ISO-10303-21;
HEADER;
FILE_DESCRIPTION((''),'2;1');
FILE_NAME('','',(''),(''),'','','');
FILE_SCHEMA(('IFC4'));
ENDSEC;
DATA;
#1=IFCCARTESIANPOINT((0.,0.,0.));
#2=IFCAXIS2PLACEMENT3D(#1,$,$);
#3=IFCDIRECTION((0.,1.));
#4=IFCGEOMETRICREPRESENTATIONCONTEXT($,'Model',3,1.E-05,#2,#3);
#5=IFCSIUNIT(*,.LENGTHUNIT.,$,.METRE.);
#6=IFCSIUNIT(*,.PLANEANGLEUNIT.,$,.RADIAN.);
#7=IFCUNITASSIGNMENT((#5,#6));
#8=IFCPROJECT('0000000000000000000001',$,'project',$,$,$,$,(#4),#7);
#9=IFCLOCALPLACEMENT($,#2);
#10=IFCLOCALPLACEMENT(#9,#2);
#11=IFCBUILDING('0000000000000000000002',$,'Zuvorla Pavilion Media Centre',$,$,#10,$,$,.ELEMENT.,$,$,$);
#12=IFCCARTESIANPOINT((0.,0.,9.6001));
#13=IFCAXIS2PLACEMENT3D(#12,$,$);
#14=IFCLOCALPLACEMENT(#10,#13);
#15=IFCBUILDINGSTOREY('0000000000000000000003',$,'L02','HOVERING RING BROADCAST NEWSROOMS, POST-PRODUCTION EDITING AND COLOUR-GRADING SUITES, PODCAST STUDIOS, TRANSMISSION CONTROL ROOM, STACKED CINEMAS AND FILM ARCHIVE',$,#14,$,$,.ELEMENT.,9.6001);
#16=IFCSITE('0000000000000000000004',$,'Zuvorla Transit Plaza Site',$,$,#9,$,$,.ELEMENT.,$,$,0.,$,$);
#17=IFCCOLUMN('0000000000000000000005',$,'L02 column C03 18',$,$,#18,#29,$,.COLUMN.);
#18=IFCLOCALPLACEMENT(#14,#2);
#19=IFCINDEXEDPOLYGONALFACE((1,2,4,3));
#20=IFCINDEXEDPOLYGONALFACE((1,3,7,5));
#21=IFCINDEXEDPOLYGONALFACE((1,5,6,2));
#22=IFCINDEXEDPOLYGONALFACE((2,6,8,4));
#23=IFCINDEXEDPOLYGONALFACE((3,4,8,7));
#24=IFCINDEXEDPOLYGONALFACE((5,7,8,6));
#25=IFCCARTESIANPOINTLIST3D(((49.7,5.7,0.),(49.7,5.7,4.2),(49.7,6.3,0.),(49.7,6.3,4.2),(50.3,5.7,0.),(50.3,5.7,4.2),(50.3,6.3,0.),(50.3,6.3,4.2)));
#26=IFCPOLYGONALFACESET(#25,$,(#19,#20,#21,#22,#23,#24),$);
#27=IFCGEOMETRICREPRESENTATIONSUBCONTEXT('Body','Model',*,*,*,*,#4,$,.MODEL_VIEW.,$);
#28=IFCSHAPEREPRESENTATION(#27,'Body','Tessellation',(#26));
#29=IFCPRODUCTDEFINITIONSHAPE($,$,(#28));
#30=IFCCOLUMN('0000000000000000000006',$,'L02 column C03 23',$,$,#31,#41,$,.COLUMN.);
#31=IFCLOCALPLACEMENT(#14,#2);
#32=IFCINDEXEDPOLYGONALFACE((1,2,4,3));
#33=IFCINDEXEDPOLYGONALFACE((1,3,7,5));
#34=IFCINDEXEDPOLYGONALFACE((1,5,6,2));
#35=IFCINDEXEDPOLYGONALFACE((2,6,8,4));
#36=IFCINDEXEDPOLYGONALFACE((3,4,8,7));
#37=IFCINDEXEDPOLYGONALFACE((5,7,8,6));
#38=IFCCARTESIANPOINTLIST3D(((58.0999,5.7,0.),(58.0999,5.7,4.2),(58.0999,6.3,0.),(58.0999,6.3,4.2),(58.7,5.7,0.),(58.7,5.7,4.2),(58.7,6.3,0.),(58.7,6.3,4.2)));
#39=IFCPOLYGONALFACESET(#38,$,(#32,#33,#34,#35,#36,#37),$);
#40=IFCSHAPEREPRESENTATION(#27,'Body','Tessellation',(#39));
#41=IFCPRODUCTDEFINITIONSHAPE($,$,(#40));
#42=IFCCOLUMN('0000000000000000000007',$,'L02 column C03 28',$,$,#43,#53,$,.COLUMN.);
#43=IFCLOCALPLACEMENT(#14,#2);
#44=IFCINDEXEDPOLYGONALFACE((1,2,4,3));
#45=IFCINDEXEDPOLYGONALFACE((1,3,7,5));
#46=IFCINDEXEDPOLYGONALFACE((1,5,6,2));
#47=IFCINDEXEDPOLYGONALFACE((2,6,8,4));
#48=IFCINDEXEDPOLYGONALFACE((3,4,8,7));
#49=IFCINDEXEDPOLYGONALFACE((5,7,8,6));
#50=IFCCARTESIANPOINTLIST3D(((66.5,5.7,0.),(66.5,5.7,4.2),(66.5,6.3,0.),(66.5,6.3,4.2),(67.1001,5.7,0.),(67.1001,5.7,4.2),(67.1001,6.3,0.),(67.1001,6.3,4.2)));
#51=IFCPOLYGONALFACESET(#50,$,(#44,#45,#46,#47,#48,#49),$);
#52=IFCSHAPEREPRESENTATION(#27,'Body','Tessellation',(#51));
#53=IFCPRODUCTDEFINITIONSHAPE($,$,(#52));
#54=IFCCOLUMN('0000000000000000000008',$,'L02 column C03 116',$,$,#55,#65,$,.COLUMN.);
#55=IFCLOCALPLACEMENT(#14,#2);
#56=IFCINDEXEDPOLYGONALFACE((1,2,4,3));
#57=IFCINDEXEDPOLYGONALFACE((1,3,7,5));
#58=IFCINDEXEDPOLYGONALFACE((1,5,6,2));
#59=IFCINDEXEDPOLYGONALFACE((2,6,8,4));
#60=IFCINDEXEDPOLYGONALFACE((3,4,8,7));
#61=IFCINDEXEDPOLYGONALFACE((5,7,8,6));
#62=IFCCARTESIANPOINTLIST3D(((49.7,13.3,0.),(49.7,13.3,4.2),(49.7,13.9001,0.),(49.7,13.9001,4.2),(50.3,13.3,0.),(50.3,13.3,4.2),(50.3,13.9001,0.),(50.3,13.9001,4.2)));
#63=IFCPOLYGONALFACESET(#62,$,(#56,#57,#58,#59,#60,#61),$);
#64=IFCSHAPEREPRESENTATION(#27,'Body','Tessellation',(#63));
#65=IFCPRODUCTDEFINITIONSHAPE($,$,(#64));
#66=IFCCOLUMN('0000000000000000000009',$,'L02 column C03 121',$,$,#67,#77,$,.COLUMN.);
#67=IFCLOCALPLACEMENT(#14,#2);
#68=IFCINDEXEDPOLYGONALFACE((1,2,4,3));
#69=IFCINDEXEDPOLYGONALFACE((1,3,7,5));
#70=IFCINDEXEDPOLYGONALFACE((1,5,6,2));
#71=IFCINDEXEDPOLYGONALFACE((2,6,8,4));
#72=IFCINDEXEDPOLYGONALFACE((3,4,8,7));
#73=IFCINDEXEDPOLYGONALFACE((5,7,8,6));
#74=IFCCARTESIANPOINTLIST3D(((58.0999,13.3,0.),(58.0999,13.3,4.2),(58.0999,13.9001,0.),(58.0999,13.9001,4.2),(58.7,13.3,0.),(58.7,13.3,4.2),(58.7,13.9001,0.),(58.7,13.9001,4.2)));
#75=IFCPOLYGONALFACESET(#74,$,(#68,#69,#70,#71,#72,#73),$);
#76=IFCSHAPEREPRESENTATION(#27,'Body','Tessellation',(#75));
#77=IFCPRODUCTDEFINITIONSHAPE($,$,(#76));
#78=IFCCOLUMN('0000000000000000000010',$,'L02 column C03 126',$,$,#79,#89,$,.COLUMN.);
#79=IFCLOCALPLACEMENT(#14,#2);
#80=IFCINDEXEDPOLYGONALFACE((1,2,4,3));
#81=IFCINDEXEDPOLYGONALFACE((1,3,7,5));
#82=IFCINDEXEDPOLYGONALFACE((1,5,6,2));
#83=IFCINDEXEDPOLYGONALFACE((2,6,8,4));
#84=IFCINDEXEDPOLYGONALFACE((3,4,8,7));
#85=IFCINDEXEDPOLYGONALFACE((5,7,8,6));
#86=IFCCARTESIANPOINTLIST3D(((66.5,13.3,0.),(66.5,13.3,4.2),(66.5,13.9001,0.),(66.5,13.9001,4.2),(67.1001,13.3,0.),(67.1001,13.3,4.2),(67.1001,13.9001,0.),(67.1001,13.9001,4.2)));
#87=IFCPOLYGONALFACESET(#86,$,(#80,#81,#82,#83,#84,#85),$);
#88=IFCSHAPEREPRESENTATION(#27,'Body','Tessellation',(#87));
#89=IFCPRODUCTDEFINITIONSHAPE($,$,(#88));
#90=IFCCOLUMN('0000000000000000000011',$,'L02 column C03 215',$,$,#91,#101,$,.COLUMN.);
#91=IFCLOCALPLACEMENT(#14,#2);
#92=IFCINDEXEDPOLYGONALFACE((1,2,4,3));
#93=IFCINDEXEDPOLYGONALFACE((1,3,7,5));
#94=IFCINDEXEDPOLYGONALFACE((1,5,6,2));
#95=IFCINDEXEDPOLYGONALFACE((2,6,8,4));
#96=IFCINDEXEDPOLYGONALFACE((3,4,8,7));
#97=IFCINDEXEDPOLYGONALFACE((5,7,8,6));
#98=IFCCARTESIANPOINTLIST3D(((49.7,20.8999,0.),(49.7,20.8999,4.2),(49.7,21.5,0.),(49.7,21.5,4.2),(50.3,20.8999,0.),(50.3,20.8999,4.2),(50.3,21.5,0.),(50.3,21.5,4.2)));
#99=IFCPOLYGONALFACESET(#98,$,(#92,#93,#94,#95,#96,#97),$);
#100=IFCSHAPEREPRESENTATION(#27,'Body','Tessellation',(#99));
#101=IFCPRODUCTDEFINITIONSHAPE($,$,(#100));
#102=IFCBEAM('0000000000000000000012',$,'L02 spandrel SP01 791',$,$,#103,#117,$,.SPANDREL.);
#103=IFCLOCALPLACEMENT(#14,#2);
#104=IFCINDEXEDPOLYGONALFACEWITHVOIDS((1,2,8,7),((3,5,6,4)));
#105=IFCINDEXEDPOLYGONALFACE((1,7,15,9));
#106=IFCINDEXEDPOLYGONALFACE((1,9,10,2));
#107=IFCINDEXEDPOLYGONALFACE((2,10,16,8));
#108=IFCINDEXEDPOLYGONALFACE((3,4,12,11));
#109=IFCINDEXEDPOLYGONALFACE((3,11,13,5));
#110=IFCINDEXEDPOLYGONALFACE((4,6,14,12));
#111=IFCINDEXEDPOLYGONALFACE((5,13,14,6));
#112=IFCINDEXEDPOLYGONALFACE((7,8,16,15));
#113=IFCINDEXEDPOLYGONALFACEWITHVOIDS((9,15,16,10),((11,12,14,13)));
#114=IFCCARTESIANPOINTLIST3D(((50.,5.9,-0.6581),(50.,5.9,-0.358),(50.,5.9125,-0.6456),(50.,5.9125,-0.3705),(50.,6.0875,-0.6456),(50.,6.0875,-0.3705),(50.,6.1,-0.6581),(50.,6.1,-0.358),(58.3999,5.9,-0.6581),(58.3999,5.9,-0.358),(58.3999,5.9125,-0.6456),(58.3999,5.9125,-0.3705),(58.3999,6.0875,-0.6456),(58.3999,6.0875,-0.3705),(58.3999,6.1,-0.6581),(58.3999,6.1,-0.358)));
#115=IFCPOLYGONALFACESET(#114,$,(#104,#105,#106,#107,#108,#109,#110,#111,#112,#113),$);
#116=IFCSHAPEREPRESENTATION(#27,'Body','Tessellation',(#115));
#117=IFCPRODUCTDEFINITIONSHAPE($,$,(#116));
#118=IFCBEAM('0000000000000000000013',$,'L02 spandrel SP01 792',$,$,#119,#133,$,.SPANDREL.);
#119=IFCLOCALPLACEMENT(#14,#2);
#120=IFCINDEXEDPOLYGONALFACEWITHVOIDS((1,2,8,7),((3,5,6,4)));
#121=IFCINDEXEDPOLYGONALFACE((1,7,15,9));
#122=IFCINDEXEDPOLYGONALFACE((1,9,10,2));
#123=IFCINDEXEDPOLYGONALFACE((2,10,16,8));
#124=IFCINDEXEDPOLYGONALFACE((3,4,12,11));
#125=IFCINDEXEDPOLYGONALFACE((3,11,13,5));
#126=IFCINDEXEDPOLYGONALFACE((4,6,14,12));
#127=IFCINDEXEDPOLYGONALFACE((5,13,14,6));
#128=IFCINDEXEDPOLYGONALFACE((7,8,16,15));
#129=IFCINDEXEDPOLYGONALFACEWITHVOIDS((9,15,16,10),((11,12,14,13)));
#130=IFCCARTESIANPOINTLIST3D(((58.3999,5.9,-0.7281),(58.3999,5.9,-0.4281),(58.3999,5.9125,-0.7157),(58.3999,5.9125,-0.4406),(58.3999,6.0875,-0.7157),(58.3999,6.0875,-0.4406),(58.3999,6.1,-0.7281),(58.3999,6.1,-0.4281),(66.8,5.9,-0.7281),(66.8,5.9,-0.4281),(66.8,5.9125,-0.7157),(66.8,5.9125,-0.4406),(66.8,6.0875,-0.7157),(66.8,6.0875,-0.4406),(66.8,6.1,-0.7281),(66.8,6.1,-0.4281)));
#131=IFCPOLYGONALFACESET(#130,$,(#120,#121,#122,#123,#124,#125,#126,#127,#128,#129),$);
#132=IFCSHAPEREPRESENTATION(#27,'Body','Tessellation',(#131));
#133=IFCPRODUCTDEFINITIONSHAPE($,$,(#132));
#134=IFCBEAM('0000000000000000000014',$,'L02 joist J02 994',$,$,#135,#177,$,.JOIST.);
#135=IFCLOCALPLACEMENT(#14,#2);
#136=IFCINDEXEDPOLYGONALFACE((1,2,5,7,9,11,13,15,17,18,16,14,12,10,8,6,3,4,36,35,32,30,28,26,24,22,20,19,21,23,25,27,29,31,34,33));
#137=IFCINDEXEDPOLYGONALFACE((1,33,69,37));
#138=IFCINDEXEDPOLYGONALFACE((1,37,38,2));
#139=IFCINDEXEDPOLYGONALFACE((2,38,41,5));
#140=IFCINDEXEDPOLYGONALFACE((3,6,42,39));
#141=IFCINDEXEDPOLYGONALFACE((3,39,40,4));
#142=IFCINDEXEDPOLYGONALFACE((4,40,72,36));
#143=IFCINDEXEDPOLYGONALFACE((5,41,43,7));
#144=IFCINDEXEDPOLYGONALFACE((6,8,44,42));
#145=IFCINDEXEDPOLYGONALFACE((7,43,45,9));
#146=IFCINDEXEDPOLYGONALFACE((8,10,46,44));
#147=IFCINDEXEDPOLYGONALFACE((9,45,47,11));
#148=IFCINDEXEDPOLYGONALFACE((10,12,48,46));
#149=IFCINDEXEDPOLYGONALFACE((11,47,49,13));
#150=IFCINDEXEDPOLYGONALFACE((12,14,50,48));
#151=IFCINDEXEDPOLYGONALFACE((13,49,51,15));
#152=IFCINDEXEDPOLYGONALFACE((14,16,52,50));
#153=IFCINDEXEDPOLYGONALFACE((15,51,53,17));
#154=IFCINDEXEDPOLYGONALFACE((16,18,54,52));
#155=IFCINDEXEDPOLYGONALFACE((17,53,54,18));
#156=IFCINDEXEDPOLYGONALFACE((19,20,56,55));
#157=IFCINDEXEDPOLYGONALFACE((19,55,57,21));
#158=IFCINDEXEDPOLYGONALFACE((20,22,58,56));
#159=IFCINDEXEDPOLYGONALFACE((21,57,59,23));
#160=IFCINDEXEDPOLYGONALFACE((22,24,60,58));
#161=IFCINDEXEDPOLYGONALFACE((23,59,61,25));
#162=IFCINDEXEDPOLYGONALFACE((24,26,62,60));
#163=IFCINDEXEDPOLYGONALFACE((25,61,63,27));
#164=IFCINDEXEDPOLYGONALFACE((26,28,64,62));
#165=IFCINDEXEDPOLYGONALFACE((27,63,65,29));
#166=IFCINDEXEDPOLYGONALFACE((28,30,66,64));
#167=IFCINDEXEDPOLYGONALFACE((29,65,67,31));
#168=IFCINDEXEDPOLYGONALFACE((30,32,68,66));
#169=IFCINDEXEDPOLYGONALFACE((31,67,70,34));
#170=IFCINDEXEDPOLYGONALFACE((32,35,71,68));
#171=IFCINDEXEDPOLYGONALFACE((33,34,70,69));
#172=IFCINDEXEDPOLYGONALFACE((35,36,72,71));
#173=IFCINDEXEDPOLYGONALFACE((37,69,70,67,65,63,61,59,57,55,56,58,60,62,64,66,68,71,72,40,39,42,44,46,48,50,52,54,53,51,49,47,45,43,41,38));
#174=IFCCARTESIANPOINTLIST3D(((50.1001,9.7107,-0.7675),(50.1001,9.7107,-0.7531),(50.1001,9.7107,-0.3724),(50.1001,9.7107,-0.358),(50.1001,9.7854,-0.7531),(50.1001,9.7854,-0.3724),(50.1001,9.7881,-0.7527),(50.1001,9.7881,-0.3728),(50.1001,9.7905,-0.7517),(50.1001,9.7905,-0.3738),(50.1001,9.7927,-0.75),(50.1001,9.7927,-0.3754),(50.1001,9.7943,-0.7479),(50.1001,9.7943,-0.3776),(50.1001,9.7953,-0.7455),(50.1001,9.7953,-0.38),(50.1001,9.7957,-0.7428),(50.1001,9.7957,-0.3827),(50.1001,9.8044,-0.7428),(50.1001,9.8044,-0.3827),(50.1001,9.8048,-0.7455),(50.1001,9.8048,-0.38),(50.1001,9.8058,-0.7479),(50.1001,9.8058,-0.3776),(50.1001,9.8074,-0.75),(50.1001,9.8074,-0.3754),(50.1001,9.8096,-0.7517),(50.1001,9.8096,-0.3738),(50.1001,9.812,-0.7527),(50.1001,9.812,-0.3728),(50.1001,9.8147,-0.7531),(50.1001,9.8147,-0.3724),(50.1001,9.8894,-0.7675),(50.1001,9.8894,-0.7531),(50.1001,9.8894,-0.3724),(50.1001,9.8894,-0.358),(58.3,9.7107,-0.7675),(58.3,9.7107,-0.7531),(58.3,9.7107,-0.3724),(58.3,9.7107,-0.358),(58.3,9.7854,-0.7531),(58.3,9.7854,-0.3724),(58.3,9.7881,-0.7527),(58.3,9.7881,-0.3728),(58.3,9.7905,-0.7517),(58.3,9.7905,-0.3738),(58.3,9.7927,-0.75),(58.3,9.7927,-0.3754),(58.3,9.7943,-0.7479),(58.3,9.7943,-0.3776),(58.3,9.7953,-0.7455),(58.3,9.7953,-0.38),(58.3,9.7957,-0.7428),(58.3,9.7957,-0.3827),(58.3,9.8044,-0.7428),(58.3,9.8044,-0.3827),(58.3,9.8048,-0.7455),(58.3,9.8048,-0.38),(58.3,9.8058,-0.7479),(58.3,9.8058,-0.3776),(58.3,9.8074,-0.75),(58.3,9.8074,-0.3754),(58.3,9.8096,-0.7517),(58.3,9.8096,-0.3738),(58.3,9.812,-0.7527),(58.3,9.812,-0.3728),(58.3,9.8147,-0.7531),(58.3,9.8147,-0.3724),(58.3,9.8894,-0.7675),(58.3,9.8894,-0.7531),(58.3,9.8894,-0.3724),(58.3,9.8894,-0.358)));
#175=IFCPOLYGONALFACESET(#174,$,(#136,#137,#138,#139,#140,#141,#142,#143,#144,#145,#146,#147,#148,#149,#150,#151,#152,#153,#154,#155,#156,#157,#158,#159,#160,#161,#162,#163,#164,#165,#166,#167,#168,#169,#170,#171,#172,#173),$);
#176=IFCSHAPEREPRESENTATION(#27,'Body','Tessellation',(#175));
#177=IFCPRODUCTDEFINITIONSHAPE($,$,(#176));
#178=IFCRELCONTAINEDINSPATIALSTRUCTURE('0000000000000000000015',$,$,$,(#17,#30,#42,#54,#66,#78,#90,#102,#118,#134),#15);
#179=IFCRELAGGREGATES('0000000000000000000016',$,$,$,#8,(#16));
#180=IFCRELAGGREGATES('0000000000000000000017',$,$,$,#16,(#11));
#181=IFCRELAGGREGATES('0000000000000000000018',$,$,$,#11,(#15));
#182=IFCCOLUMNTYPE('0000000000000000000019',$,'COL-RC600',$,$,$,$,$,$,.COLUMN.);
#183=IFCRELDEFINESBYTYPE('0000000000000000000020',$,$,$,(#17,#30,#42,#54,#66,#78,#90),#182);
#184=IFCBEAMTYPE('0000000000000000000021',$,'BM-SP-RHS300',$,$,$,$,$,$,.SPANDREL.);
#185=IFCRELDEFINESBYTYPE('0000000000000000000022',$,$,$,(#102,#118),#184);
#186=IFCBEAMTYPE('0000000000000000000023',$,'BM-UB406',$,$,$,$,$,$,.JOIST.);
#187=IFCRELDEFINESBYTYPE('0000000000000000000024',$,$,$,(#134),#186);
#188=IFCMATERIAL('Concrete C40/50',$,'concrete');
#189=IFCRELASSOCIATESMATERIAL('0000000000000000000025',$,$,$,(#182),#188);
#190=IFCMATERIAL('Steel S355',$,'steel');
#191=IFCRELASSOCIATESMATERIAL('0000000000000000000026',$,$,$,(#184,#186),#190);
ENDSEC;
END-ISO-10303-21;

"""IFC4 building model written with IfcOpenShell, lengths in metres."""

from ifc_helpers import new_model, si_unit, direction, frame, origin, origin_2d, place, context, subcontext, project, spatial, rectangle, hollow_rectangle, i_section, extrude, material, material_profile, profile_set, type_object, element, save


model = new_model("IFC4")

# Units and contexts
model_context = context("Model", 3, precision=1e-05, world=origin(), true_north=direction((0.0, 1.0)))
body_context = subcontext(model_context, "Body", "Model", "MODEL_VIEW")
ifc_project = project(units=[si_unit("LENGTHUNIT", "METRE"), si_unit("PLANEANGLEUNIT", "RADIAN")], contexts=[model_context])

# Site, building, storey
site_placement = place(None, origin())
site = spatial("IfcSite", under=ifc_project, at=site_placement, Name="Zuvorla Transit Plaza Site", CompositionType="ELEMENT", RefElevation=0.0)
building_placement = place(site_placement, origin())
building = spatial("IfcBuilding", under=site, at=building_placement, Name="Zuvorla Pavilion Media Centre", CompositionType="ELEMENT")
storey_placement = place(building_placement, frame((0.0, 0.0, 9.6001)))
storey = spatial("IfcBuildingStorey", under=building, at=storey_placement, Name="L02", Description="HOVERING RING BROADCAST NEWSROOMS, POST-PRODUCTION EDITING AND COLOUR-GRADING SUITES, PODCAST STUDIOS, TRANSMISSION CONTROL ROOM, STACKED CINEMAS AND FILM ARCHIVE", CompositionType="ELEMENT", Elevation=9.6001)

# Columns
ifc_material_1 = material(Name="Concrete C40/50", Category="concrete")
ifc_material_profile_1 = material_profile(ifc_material_1, rectangle(XDim=0.6001, YDim=0.6001, at=origin_2d()), Name="RC 600x600")
ifc_profile_set_1 = profile_set([ifc_material_profile_1], Name="Concrete C40/50")
column_type = type_object("IfcColumnType", Name="COL-RC600", PredefinedType="COLUMN", material=ifc_profile_set_1)
for number, where, z_axis, x_axis, name in (
    (1, (50.0, 6.0, 0.0), (0.0, 0.0, 1.0), (1.0, 0.0, 0.0), "L02 column C03 18"),
    (2, (58.3999, 6.0, 0.0), (0.0, 0.0, 1.0), (1.0, 0.0, 0.0), "L02 column C03 23"),
    (3, (66.8, 6.0, 0.0), (0.0, 0.0, 1.0), (1.0, 0.0, 0.0), "L02 column C03 28"),
    (4, (50.0, 13.6001, 0.0), (0.0, 0.0, 1.0), (1.0, 0.0, 0.0), "L02 column C03 116"),
    (5, (58.3999, 13.6001, 0.0), (0.0, 0.0, 1.0), (1.0, 0.0, 0.0), "L02 column C03 121"),
    (6, (66.8, 13.6001, 0.0), (0.0, 0.0, 1.0), (1.0, 0.0, 0.0), "L02 column C03 126"),
    (7, (50.0, 21.2, 0.0), (0.0, 0.0, 1.0), (1.0, 0.0, 0.0), "L02 column C03 215"),
):
    element("IfcColumn", number, at=place(storey_placement, frame(where, z_axis=z_axis, x_axis=x_axis)), inside=storey, type_object=column_type, Name=name, PredefinedType="COLUMN", context=body_context, shape_type="SweptSolid", body=[
        extrude(rectangle(XDim=0.6001, YDim=0.6001, at=origin_2d()), origin(), (0.0, 0.0, 1.0), 4.2),
    ])

# Beams
ifc_material_2 = material(Name="Steel S355", Category="steel")
ifc_material_profile_2 = material_profile(ifc_material_2, hollow_rectangle(XDim=0.2, YDim=0.3, WallThickness=0.0125, at=origin_2d()), Name="RHS 300x200x12.5")
ifc_profile_set_2 = profile_set([ifc_material_profile_2], Name="Steel S355")
beam_type_1 = type_object("IfcBeamType", Name="BM-SP-RHS300", PredefinedType="SPANDREL", material=ifc_profile_set_2)
beam_1_placement = place(storey_placement, frame((50.0, 6.0, -0.5081), z_axis=(1.0, 0.0, 0.0), x_axis=(0.0, 1.0, 0.0)))
element("IfcBeam", 8, at=beam_1_placement, inside=storey, type_object=beam_type_1, Name="L02 spandrel SP01 791", PredefinedType="SPANDREL", context=body_context, shape_type="SweptSolid", body=[
    extrude(hollow_rectangle(XDim=0.2, YDim=0.3, WallThickness=0.0125, at=origin_2d()), origin(), (0.0, 0.0, 1.0), 8.3999),
])
beam_2_placement = place(storey_placement, frame((58.3999, 6.0, -0.5781), z_axis=(1.0, 0.0, 0.0), x_axis=(0.0, 1.0, 0.0)))
element("IfcBeam", 9, at=beam_2_placement, inside=storey, type_object=beam_type_1, Name="L02 spandrel SP01 792", PredefinedType="SPANDREL", context=body_context, shape_type="SweptSolid", body=[
    extrude(hollow_rectangle(XDim=0.2, YDim=0.3, WallThickness=0.0125, at=origin_2d()), origin(), (0.0, 0.0, 1.0), 8.4001),
])
ifc_material_profile_3 = material_profile(ifc_material_2, i_section(OverallWidth=0.1787, OverallDepth=0.4094, WebThickness=0.0088, FlangeThickness=0.0144, FilletRadius=0.0103, at=origin_2d()), Name="UB 406x178x67")
ifc_profile_set_3 = profile_set([ifc_material_profile_3], Name="Steel S355")
beam_type_2 = type_object("IfcBeamType", Name="BM-UB406", PredefinedType="JOIST", material=ifc_profile_set_3)
for number, where, z_axis, x_axis, name in (
    (10, (50.1001, 9.8, -0.5627), (1.0, 0.0, 0.0), (0.0, 1.0, 0.0), "L02 joist J02 994"),
):
    element("IfcBeam", number, at=place(storey_placement, frame(where, z_axis=z_axis, x_axis=x_axis)), inside=storey, type_object=beam_type_2, Name=name, PredefinedType="JOIST", context=body_context, shape_type="SweptSolid", body=[
        extrude(i_section(OverallWidth=0.1787, OverallDepth=0.4094, WebThickness=0.0088, FlangeThickness=0.0144, FilletRadius=0.0103, at=origin_2d()), origin(), (0.0, 0.0, 1.0), 8.2),
    ])

save(model, "model.ifc")
